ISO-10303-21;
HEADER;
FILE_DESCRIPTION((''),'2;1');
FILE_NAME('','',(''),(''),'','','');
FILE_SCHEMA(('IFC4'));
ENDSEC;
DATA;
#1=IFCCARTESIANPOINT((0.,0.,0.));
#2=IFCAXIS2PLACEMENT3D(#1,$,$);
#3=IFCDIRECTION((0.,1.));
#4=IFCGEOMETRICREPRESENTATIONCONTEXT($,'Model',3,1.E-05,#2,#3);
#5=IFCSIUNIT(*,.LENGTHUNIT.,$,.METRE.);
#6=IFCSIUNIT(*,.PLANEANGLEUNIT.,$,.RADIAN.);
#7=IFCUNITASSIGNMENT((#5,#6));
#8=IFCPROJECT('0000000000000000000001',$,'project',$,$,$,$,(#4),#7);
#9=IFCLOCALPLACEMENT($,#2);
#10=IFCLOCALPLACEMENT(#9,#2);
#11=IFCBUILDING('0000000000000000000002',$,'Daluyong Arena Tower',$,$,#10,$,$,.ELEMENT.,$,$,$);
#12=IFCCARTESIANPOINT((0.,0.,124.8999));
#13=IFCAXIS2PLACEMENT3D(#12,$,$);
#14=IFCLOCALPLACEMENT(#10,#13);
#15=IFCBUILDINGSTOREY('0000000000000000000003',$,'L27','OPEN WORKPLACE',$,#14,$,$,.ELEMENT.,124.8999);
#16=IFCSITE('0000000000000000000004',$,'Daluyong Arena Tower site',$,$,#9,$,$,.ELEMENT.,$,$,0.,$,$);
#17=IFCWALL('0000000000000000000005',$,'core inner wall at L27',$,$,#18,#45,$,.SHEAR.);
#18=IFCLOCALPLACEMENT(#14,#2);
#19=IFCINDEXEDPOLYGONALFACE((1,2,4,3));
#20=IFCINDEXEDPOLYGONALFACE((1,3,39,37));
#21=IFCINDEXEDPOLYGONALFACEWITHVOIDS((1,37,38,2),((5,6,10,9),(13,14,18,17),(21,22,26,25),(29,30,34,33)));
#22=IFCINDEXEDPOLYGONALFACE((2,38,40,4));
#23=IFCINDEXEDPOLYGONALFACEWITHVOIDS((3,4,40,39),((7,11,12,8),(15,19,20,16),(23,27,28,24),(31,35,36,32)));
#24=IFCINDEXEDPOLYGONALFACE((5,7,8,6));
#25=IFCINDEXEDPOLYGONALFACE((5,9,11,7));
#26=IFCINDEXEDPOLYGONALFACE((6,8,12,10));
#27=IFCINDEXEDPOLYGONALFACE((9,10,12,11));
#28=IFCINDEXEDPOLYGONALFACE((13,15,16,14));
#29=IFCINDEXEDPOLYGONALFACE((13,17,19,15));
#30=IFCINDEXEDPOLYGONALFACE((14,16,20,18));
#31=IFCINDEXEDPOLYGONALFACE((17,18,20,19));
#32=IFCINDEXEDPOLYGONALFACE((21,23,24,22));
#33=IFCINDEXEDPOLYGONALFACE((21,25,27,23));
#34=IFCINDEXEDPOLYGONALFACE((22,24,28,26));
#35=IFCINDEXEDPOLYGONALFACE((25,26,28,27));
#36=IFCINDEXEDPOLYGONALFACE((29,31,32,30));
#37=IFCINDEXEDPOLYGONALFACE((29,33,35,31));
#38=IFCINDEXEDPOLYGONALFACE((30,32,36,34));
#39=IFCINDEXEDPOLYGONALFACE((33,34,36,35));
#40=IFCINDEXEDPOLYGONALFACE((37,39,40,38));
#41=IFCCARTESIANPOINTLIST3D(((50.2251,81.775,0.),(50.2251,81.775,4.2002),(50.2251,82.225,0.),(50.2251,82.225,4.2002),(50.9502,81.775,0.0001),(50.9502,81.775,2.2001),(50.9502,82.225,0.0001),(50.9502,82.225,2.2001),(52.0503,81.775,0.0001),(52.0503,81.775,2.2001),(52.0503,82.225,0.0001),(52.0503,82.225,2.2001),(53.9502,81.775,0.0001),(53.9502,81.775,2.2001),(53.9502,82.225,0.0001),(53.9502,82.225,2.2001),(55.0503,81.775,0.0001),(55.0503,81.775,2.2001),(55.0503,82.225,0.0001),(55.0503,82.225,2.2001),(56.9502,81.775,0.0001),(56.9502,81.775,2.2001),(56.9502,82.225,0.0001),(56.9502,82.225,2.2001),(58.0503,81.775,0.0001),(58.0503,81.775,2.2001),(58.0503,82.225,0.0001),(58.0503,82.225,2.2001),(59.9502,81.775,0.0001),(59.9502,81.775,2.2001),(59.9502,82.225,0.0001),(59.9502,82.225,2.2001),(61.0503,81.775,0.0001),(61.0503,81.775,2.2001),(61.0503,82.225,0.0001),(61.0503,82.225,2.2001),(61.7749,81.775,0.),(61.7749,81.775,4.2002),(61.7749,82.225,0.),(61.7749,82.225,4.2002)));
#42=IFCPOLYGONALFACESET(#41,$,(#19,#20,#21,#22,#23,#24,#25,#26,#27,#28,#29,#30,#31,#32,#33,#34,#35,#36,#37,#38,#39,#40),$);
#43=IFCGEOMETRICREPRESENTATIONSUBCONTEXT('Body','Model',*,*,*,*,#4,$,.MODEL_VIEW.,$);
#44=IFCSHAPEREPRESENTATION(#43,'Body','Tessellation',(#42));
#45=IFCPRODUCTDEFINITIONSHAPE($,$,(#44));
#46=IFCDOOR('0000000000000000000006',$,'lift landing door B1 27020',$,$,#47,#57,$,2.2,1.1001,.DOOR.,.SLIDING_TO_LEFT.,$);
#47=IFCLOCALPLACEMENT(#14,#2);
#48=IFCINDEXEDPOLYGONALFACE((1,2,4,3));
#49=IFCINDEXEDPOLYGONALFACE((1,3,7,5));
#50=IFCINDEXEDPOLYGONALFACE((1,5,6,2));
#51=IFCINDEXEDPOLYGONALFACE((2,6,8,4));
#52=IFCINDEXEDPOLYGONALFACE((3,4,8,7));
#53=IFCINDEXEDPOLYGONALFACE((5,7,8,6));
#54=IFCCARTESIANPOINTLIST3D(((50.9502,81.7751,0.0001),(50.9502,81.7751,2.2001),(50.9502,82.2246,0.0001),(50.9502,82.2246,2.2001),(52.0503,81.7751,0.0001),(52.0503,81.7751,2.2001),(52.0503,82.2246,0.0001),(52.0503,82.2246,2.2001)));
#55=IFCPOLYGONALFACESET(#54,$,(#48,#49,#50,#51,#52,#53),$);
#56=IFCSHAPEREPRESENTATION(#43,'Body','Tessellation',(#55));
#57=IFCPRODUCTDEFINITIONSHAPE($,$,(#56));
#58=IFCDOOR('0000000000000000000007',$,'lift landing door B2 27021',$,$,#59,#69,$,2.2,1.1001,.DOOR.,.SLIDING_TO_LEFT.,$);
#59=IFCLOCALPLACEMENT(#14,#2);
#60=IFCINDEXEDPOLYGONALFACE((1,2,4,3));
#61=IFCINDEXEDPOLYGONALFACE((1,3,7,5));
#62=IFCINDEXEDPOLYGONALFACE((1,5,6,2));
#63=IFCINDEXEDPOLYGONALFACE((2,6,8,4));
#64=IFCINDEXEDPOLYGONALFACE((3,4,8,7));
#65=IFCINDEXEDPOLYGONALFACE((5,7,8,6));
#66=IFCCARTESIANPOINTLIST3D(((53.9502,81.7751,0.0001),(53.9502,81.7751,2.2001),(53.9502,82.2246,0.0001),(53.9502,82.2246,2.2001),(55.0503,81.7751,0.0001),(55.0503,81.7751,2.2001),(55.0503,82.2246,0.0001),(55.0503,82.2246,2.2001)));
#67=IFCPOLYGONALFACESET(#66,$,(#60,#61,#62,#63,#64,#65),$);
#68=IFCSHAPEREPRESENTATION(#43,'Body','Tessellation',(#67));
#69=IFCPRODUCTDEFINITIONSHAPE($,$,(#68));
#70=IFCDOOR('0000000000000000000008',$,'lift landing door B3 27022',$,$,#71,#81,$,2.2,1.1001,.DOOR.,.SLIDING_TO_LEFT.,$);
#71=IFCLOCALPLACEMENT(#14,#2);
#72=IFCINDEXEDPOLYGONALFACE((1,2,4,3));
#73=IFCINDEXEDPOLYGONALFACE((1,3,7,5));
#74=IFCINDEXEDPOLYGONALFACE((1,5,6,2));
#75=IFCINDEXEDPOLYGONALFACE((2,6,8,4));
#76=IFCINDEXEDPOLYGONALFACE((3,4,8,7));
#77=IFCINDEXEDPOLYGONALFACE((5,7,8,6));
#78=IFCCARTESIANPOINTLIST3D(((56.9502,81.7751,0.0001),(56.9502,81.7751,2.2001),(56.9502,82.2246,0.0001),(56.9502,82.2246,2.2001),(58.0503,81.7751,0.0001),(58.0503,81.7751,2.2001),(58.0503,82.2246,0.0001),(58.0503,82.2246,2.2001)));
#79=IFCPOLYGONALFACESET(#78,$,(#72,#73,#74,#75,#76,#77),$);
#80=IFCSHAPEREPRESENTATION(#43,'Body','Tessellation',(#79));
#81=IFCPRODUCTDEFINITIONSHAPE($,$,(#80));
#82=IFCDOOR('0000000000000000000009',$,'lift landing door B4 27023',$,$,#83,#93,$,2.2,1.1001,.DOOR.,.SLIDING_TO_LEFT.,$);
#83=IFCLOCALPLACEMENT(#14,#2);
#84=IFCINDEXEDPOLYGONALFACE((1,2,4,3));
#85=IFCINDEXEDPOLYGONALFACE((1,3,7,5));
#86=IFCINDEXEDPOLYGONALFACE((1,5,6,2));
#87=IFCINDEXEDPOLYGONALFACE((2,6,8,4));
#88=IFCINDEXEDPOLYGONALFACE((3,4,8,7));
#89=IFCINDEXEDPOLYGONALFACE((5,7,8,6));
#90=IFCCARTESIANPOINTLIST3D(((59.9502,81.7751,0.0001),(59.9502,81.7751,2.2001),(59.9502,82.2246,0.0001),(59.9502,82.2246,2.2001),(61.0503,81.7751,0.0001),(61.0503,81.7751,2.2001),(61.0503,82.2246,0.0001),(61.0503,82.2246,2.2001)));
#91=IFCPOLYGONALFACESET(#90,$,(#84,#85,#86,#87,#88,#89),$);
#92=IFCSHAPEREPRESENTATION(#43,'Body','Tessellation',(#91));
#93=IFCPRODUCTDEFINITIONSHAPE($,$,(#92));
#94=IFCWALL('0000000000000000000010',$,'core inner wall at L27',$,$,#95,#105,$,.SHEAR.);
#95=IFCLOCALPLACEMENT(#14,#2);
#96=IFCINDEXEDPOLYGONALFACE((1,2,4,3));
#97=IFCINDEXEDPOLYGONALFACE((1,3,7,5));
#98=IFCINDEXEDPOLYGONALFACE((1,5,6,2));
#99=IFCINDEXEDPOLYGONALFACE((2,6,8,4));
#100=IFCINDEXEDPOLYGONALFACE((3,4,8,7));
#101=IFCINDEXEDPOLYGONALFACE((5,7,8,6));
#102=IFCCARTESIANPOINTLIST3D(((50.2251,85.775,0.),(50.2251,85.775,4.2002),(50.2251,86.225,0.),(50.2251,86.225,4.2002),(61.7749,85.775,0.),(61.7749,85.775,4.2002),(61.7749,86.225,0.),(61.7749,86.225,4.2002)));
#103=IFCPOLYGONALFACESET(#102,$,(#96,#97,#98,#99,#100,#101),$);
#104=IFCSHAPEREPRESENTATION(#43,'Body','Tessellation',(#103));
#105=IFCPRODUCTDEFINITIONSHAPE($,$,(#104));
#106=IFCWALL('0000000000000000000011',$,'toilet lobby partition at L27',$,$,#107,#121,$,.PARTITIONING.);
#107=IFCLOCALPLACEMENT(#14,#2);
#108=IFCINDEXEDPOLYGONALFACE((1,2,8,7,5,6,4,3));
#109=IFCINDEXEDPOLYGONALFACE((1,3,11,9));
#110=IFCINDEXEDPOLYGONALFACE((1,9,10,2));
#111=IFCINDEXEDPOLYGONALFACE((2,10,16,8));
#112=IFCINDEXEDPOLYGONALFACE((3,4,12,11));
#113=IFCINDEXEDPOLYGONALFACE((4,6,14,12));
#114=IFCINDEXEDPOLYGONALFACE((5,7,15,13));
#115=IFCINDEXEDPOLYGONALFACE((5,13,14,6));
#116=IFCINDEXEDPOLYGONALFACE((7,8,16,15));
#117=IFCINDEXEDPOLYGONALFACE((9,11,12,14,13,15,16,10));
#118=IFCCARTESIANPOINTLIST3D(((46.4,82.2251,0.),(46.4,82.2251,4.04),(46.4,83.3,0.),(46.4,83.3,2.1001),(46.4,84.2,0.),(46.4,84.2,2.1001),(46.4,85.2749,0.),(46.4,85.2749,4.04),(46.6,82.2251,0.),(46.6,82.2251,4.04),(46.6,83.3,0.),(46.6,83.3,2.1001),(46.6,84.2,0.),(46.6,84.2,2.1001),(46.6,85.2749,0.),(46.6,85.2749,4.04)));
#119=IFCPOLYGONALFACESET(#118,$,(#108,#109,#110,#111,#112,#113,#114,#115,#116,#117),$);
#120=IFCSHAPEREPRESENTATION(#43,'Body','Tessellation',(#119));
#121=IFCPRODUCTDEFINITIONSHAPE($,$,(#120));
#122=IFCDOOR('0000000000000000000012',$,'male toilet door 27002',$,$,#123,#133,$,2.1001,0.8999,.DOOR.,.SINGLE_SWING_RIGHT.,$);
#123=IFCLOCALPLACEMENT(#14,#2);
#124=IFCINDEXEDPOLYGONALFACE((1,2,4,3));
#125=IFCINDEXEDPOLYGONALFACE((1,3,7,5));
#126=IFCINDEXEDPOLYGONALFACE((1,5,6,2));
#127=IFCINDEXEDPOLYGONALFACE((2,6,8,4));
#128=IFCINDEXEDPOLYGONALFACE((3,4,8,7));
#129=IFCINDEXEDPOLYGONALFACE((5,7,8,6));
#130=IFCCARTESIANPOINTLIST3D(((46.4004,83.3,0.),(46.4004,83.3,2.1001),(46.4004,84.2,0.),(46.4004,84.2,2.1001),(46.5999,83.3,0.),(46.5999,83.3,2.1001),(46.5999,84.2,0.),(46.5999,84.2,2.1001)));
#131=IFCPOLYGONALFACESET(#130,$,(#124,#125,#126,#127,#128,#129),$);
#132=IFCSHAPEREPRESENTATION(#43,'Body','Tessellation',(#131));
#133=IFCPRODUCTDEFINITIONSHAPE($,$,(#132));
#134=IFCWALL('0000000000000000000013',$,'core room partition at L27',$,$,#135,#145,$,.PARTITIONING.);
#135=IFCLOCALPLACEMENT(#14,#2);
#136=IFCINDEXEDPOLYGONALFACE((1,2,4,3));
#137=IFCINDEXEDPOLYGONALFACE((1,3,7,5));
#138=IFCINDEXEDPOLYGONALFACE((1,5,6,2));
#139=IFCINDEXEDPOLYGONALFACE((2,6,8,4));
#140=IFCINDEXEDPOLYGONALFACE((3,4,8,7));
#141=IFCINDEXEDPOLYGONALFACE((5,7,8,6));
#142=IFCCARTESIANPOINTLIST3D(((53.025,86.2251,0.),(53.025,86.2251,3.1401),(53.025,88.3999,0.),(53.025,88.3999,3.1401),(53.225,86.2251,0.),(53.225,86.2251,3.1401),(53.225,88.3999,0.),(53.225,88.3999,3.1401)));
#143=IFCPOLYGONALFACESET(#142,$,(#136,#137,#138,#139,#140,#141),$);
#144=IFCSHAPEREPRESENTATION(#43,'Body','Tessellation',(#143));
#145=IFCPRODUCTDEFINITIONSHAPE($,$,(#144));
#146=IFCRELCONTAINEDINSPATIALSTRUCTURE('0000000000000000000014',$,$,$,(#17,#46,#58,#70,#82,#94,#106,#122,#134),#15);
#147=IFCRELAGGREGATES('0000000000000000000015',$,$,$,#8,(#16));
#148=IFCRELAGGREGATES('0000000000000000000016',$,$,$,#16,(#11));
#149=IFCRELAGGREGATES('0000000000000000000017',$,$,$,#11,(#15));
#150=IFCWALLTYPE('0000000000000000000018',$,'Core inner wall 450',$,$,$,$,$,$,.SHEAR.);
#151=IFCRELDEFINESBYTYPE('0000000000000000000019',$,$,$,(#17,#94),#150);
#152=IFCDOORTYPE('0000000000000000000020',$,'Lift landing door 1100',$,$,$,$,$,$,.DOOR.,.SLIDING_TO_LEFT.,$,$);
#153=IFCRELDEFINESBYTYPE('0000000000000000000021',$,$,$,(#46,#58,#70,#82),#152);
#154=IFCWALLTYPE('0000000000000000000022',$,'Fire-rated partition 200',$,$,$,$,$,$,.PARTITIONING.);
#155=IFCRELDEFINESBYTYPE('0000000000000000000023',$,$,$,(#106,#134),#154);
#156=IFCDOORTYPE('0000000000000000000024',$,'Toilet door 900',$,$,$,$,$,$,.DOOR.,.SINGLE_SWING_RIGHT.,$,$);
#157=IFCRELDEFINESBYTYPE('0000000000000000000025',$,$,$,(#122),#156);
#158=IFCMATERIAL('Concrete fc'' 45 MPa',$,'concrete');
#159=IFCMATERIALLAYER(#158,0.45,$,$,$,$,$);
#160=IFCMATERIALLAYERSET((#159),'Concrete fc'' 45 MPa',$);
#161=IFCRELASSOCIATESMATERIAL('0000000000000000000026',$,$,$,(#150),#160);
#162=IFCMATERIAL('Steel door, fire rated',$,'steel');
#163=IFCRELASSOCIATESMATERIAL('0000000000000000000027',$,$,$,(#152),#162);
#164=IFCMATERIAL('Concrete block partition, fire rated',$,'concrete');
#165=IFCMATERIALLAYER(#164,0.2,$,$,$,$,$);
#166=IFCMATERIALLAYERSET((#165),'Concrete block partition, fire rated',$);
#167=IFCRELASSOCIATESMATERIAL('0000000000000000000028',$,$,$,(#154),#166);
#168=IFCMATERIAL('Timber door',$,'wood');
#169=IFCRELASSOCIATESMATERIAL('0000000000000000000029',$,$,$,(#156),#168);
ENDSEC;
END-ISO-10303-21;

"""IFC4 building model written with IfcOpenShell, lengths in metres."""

from ifc_helpers import new_model, si_unit, direction, frame, frame_2d, origin, place, context, subcontext, project, spatial, rectangle, extrude, material, layer, layer_set, type_object, element, fill, save


model = new_model("IFC4")

# Units and contexts
model_context = context("Model", 3, precision=1e-05, world=origin(), true_north=direction((0.0, 1.0)))
body_context = subcontext(model_context, "Body", "Model", "MODEL_VIEW")
ifc_project = project(units=[si_unit("LENGTHUNIT", "METRE"), si_unit("PLANEANGLEUNIT", "RADIAN")], contexts=[model_context])

# Site, building, storey
site_placement = place(None, origin())
site = spatial("IfcSite", under=ifc_project, at=site_placement, Name="Daluyong Arena Tower site", CompositionType="ELEMENT", RefElevation=0.0)
building_placement = place(site_placement, origin())
building = spatial("IfcBuilding", under=site, at=building_placement, Name="Daluyong Arena Tower", CompositionType="ELEMENT")
storey_placement = place(building_placement, frame((0.0, 0.0, 124.8999)))
storey = spatial("IfcBuildingStorey", under=building, at=storey_placement, Name="L27", Description="OPEN WORKPLACE", CompositionType="ELEMENT", Elevation=124.8999)

# Wall, openings, doors
ifc_material_1 = material(Name="Concrete fc' 45 MPa", Category="concrete")
ifc_layer_1 = layer(ifc_material_1, 0.45)
ifc_layer_set_1 = layer_set([ifc_layer_1], Name="Concrete fc' 45 MPa")
wall_type_1 = type_object("IfcWallType", Name="Core inner wall 450", PredefinedType="SHEAR", material=ifc_layer_set_1)
wall_1_placement = place(storey_placement, frame((50.2251, 82.0, 0.0), z_axis=(0.0, 0.0, 1.0), x_axis=(1.0, 0.0, 0.0)))
wall_1 = element("IfcWall", 1, at=wall_1_placement, inside=storey, type_object=wall_type_1, Name="core inner wall at L27", PredefinedType="SHEAR", context=body_context, shape_type="SweptSolid", body=[
    extrude(rectangle(XDim=11.5498, YDim=0.45, at=frame_2d((5.7749, 0.0))), origin(), (0.0, 0.0, 1.0), 4.2002),
])
opening_1_placement = place(wall_1_placement, frame((0.7251, 0.0, 0.0)))
opening_1 = element("IfcOpeningElement", 2, at=opening_1_placement, cuts=wall_1, PredefinedType="OPENING", context=body_context, shape_type="SweptSolid", body=[
    extrude(rectangle(XDim=1.1001, YDim=2.2, at=frame_2d((0.55, 1.1001))), frame((0.0, 0.2349, 0.0), z_axis=(0.0, -1.0, 0.0), x_axis=(1.0, 0.0, 0.0)), (0.0, 0.0, 1.0), 0.47),
])
opening_2_placement = place(wall_1_placement, frame((3.7251, 0.0, 0.0)))
opening_2 = element("IfcOpeningElement", 3, at=opening_2_placement, cuts=wall_1, PredefinedType="OPENING", context=body_context, shape_type="SweptSolid", body=[
    extrude(rectangle(XDim=1.1001, YDim=2.2, at=frame_2d((0.55, 1.1001))), frame((0.0, 0.2349, 0.0), z_axis=(0.0, -1.0, 0.0), x_axis=(1.0, 0.0, 0.0)), (0.0, 0.0, 1.0), 0.47),
])
opening_3_placement = place(wall_1_placement, frame((6.7251, 0.0, 0.0)))
opening_3 = element("IfcOpeningElement", 4, at=opening_3_placement, cuts=wall_1, PredefinedType="OPENING", context=body_context, shape_type="SweptSolid", body=[
    extrude(rectangle(XDim=1.1001, YDim=2.2, at=frame_2d((0.55, 1.1001))), frame((0.0, 0.2349, 0.0), z_axis=(0.0, -1.0, 0.0), x_axis=(1.0, 0.0, 0.0)), (0.0, 0.0, 1.0), 0.47),
])
opening_4_placement = place(wall_1_placement, frame((9.7251, 0.0, 0.0)))
opening_4 = element("IfcOpeningElement", 5, at=opening_4_placement, cuts=wall_1, PredefinedType="OPENING", context=body_context, shape_type="SweptSolid", body=[
    extrude(rectangle(XDim=1.1001, YDim=2.2, at=frame_2d((0.55, 1.1001))), frame((0.0, 0.2349, 0.0), z_axis=(0.0, -1.0, 0.0), x_axis=(1.0, 0.0, 0.0)), (0.0, 0.0, 1.0), 0.47),
])
ifc_material_2 = material(Name="Steel door, fire rated", Category="steel")
door_type_1 = type_object("IfcDoorType", Name="Lift landing door 1100", OperationType="SLIDING_TO_LEFT", PredefinedType="DOOR", material=ifc_material_2)
door_1_placement = place(opening_1_placement, origin())
door_1 = element("IfcDoor", 6, at=door_1_placement, inside=storey, type_object=door_type_1, Name="lift landing door B1 27020", OperationType="SLIDING_TO_LEFT", OverallHeight=2.2, OverallWidth=1.1001, PredefinedType="DOOR", context=body_context, shape_type="SweptSolid", body=[
    extrude(rectangle(XDim=1.1001, YDim=2.2, at=frame_2d((0.55, 1.1001))), frame((0.0, 0.2246, 0.0), z_axis=(0.0, -1.0, 0.0), x_axis=(1.0, 0.0, 0.0)), (0.0, 0.0, 1.0), 0.4495),
])
fill(opening_1, door_1)
door_2_placement = place(opening_2_placement, origin())
door_2 = element("IfcDoor", 7, at=door_2_placement, inside=storey, type_object=door_type_1, Name="lift landing door B2 27021", OperationType="SLIDING_TO_LEFT", OverallHeight=2.2, OverallWidth=1.1001, PredefinedType="DOOR", context=body_context, shape_type="SweptSolid", body=[
    extrude(rectangle(XDim=1.1001, YDim=2.2, at=frame_2d((0.55, 1.1001))), frame((0.0, 0.2246, 0.0), z_axis=(0.0, -1.0, 0.0), x_axis=(1.0, 0.0, 0.0)), (0.0, 0.0, 1.0), 0.4495),
])
fill(opening_2, door_2)
door_3_placement = place(opening_3_placement, origin())
door_3 = element("IfcDoor", 8, at=door_3_placement, inside=storey, type_object=door_type_1, Name="lift landing door B3 27022", OperationType="SLIDING_TO_LEFT", OverallHeight=2.2, OverallWidth=1.1001, PredefinedType="DOOR", context=body_context, shape_type="SweptSolid", body=[
    extrude(rectangle(XDim=1.1001, YDim=2.2, at=frame_2d((0.55, 1.1001))), frame((0.0, 0.2246, 0.0), z_axis=(0.0, -1.0, 0.0), x_axis=(1.0, 0.0, 0.0)), (0.0, 0.0, 1.0), 0.4495),
])
fill(opening_3, door_3)
door_4_placement = place(opening_4_placement, origin())
door_4 = element("IfcDoor", 9, at=door_4_placement, inside=storey, type_object=door_type_1, Name="lift landing door B4 27023", OperationType="SLIDING_TO_LEFT", OverallHeight=2.2, OverallWidth=1.1001, PredefinedType="DOOR", context=body_context, shape_type="SweptSolid", body=[
    extrude(rectangle(XDim=1.1001, YDim=2.2, at=frame_2d((0.55, 1.1001))), frame((0.0, 0.2246, 0.0), z_axis=(0.0, -1.0, 0.0), x_axis=(1.0, 0.0, 0.0)), (0.0, 0.0, 1.0), 0.4495),
])
fill(opening_4, door_4)

# Wall
wall_2_placement = place(storey_placement, frame((50.2251, 86.0, 0.0), z_axis=(0.0, 0.0, 1.0), x_axis=(1.0, 0.0, 0.0)))
element("IfcWall", 10, at=wall_2_placement, inside=storey, type_object=wall_type_1, Name="core inner wall at L27", PredefinedType="SHEAR", context=body_context, shape_type="SweptSolid", body=[
    extrude(rectangle(XDim=11.5498, YDim=0.45, at=frame_2d((5.7749, 0.0))), origin(), (0.0, 0.0, 1.0), 4.2002),
])

# Wall, opening, door
ifc_material_3 = material(Name="Concrete block partition, fire rated", Category="concrete")
ifc_layer_2 = layer(ifc_material_3, 0.2)
ifc_layer_set_2 = layer_set([ifc_layer_2], Name="Concrete block partition, fire rated")
wall_type_2 = type_object("IfcWallType", Name="Fire-rated partition 200", PredefinedType="PARTITIONING", material=ifc_layer_set_2)
wall_3_placement = place(storey_placement, frame((46.5, 82.2251, 0.0), z_axis=(0.0, 0.0, 1.0), x_axis=(0.0, 1.0, 0.0)))
wall_3 = element("IfcWall", 11, at=wall_3_placement, inside=storey, type_object=wall_type_2, Name="toilet lobby partition at L27", PredefinedType="PARTITIONING", context=body_context, shape_type="SweptSolid", body=[
    extrude(rectangle(XDim=3.0498, YDim=0.2, at=frame_2d((1.5249, 0.0))), origin(), (0.0, 0.0, 1.0), 4.04),
])
opening_5_placement = place(wall_3_placement, frame((1.075, 0.0, 0.0)))
opening_5 = element("IfcOpeningElement", 12, at=opening_5_placement, cuts=wall_3, PredefinedType="OPENING", context=body_context, shape_type="SweptSolid", body=[
    extrude(rectangle(XDim=0.8999, YDim=2.1001, at=frame_2d((0.45, 1.05))), frame((0.0, 0.1099, 0.0), z_axis=(0.0, -1.0, 0.0), x_axis=(1.0, 0.0, 0.0)), (0.0, 0.0, 1.0), 0.22),
])
ifc_material_4 = material(Name="Timber door", Category="wood")
door_type_2 = type_object("IfcDoorType", Name="Toilet door 900", OperationType="SINGLE_SWING_RIGHT", PredefinedType="DOOR", material=ifc_material_4)
door_5_placement = place(opening_5_placement, origin())
door_5 = element("IfcDoor", 13, at=door_5_placement, inside=storey, type_object=door_type_2, Name="male toilet door 27002", OperationType="SINGLE_SWING_RIGHT", OverallHeight=2.1001, OverallWidth=0.8999, PredefinedType="DOOR", context=body_context, shape_type="SweptSolid", body=[
    extrude(rectangle(XDim=0.8999, YDim=2.1001, at=frame_2d((0.45, 1.05))), frame((0.0, 0.0996, 0.0), z_axis=(0.0, -1.0, 0.0), x_axis=(1.0, 0.0, 0.0)), (0.0, 0.0, 1.0), 0.1995),
])
fill(opening_5, door_5)

# Wall
wall_4_placement = place(storey_placement, frame((53.125, 86.2251, 0.0), z_axis=(0.0, 0.0, 1.0), x_axis=(0.0, 1.0, 0.0)))
element("IfcWall", 14, at=wall_4_placement, inside=storey, type_object=wall_type_2, Name="core room partition at L27", PredefinedType="PARTITIONING", context=body_context, shape_type="SweptSolid", body=[
    extrude(rectangle(XDim=2.1748, YDim=0.2, at=frame_2d((1.0874, 0.0))), origin(), (0.0, 0.0, 1.0), 3.1401),
])

save(model, "model.ifc")
